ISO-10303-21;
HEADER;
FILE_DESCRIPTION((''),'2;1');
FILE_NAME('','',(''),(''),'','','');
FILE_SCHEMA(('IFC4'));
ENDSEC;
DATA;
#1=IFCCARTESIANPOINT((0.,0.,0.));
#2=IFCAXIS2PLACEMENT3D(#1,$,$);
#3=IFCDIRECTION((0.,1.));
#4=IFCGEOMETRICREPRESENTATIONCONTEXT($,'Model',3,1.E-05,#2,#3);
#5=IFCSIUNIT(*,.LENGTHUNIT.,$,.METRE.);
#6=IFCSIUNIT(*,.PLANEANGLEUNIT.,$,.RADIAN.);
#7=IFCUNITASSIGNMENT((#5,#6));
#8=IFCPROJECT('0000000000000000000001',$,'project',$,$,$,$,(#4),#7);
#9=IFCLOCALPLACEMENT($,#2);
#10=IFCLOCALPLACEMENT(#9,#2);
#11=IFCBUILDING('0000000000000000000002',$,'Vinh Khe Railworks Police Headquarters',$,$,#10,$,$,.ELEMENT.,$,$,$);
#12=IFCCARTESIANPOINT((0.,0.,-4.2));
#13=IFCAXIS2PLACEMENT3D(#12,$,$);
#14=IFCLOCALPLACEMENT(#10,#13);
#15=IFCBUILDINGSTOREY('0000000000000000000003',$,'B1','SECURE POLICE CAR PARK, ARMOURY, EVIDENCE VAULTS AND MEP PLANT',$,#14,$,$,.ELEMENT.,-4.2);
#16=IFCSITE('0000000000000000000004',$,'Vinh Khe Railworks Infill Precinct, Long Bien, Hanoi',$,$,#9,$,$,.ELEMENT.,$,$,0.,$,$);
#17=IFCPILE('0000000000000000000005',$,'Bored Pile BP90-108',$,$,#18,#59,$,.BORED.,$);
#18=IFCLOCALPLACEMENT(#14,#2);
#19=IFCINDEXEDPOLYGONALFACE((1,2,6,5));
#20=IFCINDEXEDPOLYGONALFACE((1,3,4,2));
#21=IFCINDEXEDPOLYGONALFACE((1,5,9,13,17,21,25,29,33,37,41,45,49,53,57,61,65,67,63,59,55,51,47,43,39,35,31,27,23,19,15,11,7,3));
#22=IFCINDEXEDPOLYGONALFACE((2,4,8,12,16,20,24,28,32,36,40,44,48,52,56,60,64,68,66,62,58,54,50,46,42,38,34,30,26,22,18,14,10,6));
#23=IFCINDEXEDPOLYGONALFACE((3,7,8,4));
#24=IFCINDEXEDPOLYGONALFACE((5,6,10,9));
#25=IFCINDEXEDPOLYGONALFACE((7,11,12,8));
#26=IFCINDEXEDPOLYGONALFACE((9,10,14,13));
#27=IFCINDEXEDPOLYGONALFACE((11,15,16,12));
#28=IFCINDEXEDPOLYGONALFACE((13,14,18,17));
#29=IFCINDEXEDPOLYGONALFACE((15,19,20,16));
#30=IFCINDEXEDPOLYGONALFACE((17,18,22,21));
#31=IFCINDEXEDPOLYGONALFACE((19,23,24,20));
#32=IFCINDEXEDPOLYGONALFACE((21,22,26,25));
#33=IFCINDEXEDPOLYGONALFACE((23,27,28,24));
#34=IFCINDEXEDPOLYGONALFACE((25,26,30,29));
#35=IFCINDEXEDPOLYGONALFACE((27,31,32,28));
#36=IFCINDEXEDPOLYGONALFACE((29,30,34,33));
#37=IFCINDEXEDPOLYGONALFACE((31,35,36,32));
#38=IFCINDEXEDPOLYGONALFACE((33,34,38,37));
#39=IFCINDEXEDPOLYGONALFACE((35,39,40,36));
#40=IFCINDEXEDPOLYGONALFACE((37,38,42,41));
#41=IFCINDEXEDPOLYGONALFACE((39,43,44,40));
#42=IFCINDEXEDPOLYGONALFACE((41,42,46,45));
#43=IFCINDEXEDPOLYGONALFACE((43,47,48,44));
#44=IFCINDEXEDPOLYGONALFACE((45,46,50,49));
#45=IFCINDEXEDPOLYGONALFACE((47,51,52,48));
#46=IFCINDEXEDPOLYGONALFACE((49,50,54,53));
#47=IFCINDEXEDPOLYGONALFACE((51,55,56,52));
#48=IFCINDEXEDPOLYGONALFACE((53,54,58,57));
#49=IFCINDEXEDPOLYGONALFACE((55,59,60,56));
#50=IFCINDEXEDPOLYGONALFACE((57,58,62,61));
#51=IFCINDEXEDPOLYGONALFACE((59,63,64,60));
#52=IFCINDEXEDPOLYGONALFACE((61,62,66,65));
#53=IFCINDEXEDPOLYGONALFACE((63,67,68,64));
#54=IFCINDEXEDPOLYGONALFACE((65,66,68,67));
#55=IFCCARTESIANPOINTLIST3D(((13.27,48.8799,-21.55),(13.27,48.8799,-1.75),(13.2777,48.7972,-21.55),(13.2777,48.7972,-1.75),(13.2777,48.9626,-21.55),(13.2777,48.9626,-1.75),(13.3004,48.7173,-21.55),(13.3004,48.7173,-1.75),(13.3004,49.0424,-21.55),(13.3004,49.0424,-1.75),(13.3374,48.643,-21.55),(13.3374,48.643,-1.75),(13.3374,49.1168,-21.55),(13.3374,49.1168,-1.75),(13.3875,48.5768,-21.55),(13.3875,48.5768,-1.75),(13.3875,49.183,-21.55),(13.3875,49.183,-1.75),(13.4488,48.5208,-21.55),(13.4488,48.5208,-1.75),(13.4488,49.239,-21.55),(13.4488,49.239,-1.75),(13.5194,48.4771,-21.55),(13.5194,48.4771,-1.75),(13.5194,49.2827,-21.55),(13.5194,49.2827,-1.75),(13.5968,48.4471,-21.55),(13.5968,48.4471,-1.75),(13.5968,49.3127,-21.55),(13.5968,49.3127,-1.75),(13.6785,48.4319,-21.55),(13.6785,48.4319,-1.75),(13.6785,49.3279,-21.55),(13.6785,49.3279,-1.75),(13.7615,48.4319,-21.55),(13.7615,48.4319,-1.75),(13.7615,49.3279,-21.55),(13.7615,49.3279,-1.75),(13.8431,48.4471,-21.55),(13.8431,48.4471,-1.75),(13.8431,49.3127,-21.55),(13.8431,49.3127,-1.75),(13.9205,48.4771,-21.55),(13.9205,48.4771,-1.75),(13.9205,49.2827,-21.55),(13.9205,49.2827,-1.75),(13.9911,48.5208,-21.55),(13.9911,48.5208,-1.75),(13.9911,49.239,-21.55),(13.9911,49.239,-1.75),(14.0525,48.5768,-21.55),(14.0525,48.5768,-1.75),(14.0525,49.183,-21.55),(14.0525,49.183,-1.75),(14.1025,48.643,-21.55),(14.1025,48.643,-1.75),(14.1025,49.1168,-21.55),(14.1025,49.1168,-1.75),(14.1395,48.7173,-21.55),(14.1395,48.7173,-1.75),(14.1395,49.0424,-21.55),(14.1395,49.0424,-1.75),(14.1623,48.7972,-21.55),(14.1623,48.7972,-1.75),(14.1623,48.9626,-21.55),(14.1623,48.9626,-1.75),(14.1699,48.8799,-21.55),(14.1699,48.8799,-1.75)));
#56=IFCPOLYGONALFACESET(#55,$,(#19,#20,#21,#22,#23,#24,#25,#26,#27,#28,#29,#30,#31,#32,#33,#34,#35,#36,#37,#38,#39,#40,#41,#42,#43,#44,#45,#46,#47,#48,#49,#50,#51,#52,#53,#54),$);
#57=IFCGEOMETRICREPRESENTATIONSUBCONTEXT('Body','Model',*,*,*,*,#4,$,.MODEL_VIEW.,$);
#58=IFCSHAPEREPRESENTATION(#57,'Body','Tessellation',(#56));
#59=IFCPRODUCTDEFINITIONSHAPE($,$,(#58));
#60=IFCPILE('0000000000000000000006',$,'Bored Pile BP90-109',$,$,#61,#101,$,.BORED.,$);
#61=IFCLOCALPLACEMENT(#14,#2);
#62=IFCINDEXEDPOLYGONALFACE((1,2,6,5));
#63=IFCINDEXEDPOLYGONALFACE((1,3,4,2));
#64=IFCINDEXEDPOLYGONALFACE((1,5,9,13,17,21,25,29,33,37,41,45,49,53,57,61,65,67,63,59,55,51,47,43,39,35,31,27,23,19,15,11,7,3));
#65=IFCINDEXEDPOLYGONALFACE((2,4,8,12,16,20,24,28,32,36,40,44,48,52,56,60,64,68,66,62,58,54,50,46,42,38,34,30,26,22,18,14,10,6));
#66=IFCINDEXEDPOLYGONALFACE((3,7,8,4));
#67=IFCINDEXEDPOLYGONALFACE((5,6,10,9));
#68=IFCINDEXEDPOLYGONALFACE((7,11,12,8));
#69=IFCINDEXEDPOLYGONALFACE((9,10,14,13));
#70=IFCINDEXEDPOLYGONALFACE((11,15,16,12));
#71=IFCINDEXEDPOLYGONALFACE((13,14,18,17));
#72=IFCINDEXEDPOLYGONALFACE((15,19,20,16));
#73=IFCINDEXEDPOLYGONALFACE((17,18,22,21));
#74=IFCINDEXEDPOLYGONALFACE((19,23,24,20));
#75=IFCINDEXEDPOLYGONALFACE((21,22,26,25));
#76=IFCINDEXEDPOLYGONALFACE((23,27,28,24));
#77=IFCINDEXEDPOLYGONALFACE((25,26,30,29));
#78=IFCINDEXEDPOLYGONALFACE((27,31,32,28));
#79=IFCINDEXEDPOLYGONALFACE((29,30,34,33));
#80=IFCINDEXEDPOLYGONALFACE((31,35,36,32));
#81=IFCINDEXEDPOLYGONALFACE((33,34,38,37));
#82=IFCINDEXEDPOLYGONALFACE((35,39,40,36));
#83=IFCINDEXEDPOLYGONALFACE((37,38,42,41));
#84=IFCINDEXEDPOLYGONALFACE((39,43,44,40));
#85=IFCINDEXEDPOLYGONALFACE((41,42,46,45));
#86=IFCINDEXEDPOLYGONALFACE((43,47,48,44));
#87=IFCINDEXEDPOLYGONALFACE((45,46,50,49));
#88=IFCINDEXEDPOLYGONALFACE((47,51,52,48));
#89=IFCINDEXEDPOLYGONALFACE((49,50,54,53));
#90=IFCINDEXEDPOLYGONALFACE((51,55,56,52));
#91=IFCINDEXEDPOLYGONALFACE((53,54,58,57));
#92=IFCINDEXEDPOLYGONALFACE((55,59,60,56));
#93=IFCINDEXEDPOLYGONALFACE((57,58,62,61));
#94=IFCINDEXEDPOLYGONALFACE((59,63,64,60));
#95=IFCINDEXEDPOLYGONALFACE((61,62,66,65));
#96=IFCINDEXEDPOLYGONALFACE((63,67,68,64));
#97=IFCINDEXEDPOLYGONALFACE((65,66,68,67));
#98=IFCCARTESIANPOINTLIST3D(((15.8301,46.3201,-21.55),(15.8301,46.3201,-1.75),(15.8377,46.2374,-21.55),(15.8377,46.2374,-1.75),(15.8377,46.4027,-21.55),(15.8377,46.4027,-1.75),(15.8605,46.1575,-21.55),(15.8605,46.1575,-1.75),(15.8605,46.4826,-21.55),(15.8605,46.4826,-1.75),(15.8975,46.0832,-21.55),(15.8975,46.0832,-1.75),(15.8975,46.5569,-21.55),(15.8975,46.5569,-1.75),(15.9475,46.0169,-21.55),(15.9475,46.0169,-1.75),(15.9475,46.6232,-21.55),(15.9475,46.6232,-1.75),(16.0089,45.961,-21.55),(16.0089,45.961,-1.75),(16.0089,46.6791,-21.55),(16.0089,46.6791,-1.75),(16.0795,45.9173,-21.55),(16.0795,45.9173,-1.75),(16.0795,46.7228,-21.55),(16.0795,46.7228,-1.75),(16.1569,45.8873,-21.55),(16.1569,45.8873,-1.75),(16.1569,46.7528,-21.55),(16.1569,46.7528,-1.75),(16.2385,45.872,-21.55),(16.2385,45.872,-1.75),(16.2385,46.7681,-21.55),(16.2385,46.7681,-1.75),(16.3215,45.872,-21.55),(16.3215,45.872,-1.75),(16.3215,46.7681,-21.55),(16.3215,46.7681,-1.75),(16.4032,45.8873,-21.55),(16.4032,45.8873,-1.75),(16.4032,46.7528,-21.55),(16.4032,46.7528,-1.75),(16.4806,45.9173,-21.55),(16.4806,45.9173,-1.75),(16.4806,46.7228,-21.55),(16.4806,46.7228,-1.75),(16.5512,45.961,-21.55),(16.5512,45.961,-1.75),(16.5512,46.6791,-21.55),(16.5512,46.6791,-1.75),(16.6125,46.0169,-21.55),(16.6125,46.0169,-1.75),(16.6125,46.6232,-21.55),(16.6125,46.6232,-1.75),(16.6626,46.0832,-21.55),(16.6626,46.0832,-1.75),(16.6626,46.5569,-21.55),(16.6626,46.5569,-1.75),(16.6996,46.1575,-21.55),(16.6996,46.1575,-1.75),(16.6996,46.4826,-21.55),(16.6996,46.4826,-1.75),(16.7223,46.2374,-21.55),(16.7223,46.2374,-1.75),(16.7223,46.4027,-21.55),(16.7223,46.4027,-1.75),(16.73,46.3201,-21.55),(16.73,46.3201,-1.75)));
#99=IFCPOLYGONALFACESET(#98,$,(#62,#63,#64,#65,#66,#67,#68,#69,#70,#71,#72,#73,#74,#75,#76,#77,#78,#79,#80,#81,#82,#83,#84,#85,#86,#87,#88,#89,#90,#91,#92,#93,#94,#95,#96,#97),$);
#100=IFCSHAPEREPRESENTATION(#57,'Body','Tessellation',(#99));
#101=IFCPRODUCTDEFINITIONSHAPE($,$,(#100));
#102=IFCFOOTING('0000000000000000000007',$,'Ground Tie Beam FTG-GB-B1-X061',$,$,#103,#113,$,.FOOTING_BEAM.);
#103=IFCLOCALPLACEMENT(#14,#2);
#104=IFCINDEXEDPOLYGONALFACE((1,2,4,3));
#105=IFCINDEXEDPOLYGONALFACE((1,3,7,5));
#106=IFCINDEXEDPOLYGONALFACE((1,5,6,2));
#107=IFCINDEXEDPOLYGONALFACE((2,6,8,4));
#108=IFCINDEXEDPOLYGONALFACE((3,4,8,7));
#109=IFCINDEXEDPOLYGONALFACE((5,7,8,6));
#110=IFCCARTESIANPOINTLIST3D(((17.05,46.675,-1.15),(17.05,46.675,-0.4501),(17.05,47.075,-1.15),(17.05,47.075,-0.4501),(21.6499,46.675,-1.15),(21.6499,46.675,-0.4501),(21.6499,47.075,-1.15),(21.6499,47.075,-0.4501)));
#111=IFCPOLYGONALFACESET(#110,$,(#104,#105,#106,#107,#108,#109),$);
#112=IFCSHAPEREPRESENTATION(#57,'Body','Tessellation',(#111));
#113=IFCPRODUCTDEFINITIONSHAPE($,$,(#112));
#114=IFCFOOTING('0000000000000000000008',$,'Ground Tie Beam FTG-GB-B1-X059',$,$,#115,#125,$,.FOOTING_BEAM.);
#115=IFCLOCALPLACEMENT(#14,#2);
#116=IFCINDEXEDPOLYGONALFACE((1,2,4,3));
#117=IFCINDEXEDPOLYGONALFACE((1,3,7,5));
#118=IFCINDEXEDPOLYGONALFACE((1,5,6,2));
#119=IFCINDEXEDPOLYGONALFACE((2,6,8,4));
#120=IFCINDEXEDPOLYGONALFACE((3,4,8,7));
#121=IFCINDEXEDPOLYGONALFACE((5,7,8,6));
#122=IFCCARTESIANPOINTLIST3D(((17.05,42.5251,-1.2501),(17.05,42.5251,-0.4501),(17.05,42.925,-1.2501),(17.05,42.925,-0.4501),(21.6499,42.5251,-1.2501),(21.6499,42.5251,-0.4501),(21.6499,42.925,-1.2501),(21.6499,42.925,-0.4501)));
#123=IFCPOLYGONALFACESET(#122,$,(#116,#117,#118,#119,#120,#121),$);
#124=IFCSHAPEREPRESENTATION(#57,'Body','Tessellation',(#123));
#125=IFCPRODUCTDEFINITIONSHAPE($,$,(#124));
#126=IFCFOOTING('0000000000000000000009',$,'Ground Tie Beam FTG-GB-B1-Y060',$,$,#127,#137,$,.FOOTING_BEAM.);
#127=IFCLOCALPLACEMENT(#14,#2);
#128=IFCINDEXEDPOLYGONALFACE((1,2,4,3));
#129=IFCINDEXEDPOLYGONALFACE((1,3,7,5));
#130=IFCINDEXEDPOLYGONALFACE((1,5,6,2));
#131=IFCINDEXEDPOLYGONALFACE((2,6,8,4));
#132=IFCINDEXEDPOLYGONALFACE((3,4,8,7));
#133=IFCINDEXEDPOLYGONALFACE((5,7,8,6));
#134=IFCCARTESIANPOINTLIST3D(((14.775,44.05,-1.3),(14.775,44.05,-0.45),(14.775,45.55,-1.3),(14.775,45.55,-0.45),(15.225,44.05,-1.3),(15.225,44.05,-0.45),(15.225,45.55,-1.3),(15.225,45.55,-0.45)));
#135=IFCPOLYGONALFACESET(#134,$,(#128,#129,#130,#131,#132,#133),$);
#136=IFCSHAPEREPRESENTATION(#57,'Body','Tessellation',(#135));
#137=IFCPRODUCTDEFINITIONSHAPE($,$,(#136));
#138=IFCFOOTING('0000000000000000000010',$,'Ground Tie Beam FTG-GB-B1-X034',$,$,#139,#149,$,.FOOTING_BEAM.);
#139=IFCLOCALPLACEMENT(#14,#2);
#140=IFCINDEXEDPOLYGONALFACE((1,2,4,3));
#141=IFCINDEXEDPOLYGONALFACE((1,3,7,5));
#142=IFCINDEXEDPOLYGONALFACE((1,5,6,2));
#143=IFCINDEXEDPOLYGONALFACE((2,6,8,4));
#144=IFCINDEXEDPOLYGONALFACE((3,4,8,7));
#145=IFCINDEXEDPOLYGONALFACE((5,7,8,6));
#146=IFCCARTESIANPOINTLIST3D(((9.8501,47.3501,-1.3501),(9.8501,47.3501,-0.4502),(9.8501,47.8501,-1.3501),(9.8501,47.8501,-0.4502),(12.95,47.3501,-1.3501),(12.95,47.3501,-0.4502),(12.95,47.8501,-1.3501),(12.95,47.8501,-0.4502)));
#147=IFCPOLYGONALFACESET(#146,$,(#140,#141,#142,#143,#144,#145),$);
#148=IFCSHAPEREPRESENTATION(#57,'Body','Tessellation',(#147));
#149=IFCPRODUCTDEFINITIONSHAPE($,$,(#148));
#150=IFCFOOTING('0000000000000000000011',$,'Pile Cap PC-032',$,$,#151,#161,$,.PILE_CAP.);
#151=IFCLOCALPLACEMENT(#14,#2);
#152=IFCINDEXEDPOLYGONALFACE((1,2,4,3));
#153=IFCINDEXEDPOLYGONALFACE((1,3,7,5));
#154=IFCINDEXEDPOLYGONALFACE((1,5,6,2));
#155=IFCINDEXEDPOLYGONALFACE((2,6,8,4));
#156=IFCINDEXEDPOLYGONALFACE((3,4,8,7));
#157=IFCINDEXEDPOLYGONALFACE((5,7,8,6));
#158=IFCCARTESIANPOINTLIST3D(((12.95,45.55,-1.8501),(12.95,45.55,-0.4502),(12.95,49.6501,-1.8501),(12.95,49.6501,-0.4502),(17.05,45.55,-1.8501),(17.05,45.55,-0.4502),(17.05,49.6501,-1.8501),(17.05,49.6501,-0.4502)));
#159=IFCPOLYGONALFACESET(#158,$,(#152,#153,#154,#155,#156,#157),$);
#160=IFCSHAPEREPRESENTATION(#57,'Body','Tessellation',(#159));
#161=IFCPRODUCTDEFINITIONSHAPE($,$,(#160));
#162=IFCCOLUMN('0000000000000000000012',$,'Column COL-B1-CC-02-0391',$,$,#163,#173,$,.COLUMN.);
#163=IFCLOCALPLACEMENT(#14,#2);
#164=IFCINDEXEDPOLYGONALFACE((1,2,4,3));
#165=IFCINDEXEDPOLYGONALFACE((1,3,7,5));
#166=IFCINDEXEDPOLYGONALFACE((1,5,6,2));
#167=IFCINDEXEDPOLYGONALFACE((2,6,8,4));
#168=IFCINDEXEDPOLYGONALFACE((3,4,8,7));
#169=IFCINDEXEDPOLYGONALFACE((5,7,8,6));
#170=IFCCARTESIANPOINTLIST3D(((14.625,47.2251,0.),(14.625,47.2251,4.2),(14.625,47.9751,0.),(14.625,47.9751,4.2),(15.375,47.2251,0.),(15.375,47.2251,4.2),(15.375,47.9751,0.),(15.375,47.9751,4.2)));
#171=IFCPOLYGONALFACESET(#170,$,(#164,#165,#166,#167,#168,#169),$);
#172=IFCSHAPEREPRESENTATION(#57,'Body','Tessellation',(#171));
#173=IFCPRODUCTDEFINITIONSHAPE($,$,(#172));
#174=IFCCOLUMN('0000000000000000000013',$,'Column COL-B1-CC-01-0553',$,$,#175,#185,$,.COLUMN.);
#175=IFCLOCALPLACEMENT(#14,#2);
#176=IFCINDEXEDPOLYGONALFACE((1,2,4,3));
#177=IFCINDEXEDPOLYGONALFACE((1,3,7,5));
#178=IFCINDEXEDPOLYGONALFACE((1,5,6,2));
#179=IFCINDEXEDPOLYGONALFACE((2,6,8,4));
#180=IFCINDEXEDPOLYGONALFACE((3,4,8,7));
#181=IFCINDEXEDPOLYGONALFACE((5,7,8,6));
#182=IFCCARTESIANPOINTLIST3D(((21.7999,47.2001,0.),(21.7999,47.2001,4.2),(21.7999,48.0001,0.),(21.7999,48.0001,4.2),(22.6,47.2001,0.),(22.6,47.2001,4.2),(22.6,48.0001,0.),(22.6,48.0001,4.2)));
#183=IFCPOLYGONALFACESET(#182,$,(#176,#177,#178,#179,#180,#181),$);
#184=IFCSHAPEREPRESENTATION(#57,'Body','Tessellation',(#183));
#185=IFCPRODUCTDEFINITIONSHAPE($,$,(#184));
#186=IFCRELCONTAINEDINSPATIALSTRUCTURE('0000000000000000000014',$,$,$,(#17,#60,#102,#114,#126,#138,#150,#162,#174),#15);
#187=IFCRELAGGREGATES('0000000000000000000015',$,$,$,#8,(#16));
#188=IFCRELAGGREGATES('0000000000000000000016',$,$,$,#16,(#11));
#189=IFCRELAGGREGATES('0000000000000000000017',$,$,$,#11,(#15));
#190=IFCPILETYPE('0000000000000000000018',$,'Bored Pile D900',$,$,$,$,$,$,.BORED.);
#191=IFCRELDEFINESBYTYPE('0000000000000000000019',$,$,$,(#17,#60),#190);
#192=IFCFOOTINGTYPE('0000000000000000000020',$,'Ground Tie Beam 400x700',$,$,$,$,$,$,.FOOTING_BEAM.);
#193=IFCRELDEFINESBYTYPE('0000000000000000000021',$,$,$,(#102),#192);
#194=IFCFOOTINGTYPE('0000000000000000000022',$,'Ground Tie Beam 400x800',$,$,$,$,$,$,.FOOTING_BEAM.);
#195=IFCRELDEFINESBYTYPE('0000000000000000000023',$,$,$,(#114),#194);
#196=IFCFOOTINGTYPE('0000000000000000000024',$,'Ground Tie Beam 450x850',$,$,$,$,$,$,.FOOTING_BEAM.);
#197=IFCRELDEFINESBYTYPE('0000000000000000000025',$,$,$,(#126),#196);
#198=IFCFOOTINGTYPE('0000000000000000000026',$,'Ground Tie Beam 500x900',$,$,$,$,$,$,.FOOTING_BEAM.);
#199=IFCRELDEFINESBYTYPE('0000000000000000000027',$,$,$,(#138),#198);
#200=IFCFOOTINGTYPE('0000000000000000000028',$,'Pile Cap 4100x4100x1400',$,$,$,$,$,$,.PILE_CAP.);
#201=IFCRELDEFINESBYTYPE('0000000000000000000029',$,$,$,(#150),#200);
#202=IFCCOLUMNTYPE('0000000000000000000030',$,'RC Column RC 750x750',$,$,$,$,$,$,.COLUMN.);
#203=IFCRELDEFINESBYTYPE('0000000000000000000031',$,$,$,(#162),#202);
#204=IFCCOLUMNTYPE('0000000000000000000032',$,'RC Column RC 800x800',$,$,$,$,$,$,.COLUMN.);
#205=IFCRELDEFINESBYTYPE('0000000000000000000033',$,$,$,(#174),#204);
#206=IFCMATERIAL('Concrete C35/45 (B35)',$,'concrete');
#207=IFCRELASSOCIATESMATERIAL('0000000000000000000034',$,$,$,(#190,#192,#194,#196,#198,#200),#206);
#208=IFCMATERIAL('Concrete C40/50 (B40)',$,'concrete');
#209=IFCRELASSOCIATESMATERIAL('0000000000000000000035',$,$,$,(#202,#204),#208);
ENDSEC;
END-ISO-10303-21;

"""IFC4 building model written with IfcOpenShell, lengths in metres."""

from ifc_helpers import new_model, si_unit, direction, frame, origin, origin_2d, place, context, subcontext, project, spatial, rectangle, circle, extrude, material, material_profile, profile_set, type_object, element, save


model = new_model("IFC4")

# Units and contexts
model_context = context("Model", 3, precision=1e-05, world=origin(), true_north=direction((0.0, 1.0)))
body_context = subcontext(model_context, "Body", "Model", "MODEL_VIEW")
ifc_project = project(units=[si_unit("LENGTHUNIT", "METRE"), si_unit("PLANEANGLEUNIT", "RADIAN")], contexts=[model_context])

# Site, building, storey
site_placement = place(None, origin())
site = spatial("IfcSite", under=ifc_project, at=site_placement, Name="Vinh Khe Railworks Infill Precinct, Long Bien, Hanoi", CompositionType="ELEMENT", RefElevation=0.0)
building_placement = place(site_placement, origin())
building = spatial("IfcBuilding", under=site, at=building_placement, Name="Vinh Khe Railworks Police Headquarters", CompositionType="ELEMENT")
storey_placement = place(building_placement, frame((0.0, 0.0, -4.2)))
storey = spatial("IfcBuildingStorey", under=building, at=storey_placement, Name="B1", Description="SECURE POLICE CAR PARK, ARMOURY, EVIDENCE VAULTS AND MEP PLANT", CompositionType="ELEMENT", Elevation=-4.2)

# Piles
ifc_material_1 = material(Name="Concrete C35/45 (B35)", Category="concrete")
ifc_material_profile_1 = material_profile(ifc_material_1, circle(Radius=0.45, at=origin_2d()), Name="BORED PILE D900")
ifc_profile_set_1 = profile_set([ifc_material_profile_1], Name="Concrete C35/45 (B35)")
pile_type_1 = type_object("IfcPileType", Name="Bored Pile D900", PredefinedType="BORED", material=ifc_profile_set_1)
for number, where, z_axis, x_axis, name in (
    (1, (13.72, 48.8799, -1.75), (0.0, 0.0, -1.0), (1.0, 0.0, 0.0), "Bored Pile BP90-108"),
    (2, (16.28, 46.3201, -1.75), (0.0, 0.0, -1.0), (1.0, 0.0, 0.0), "Bored Pile BP90-109"),
):
    element("IfcPile", number, at=place(storey_placement, frame(where, z_axis=z_axis, x_axis=x_axis)), inside=storey, type_object=pile_type_1, Name=name, PredefinedType="BORED", context=body_context, shape_type="SweptSolid", body=[
        extrude(circle(Radius=0.45, at=origin_2d()), origin(), (0.0, 0.0, 1.0), 19.8),
    ])

# Footings
ifc_material_profile_2 = material_profile(ifc_material_1, rectangle(XDim=0.3999, YDim=0.7, at=origin_2d()), Name="RC 400x700")
ifc_profile_set_2 = profile_set([ifc_material_profile_2], Name="Concrete C35/45 (B35)")
footing_type_1 = type_object("IfcFootingType", Name="Ground Tie Beam 400x700", PredefinedType="FOOTING_BEAM", material=ifc_profile_set_2)
footing_1_placement = place(storey_placement, frame((17.05, 46.875, -0.8), z_axis=(1.0, 0.0, 0.0), x_axis=(0.0, 1.0, 0.0)))
element("IfcFooting", 3, at=footing_1_placement, inside=storey, type_object=footing_type_1, Name="Ground Tie Beam FTG-GB-B1-X061", PredefinedType="FOOTING_BEAM", context=body_context, shape_type="SweptSolid", body=[
    extrude(rectangle(XDim=0.3999, YDim=0.7, at=origin_2d()), origin(), (0.0, 0.0, 1.0), 4.5999),
])
ifc_material_profile_3 = material_profile(ifc_material_1, rectangle(XDim=0.3999, YDim=0.8, at=origin_2d()), Name="RC 400x800")
ifc_profile_set_3 = profile_set([ifc_material_profile_3], Name="Concrete C35/45 (B35)")
footing_type_2 = type_object("IfcFootingType", Name="Ground Tie Beam 400x800", PredefinedType="FOOTING_BEAM", material=ifc_profile_set_3)
footing_2_placement = place(storey_placement, frame((17.05, 42.7251, -0.8501), z_axis=(1.0, 0.0, 0.0), x_axis=(0.0, 1.0, 0.0)))
element("IfcFooting", 4, at=footing_2_placement, inside=storey, type_object=footing_type_2, Name="Ground Tie Beam FTG-GB-B1-X059", PredefinedType="FOOTING_BEAM", context=body_context, shape_type="SweptSolid", body=[
    extrude(rectangle(XDim=0.3999, YDim=0.8, at=origin_2d()), origin(), (0.0, 0.0, 1.0), 4.5999),
])
ifc_material_profile_4 = material_profile(ifc_material_1, rectangle(XDim=0.45, YDim=0.8501, at=origin_2d()), Name="RC 450x850")
ifc_profile_set_4 = profile_set([ifc_material_profile_4], Name="Concrete C35/45 (B35)")
footing_type_3 = type_object("IfcFootingType", Name="Ground Tie Beam 450x850", PredefinedType="FOOTING_BEAM", material=ifc_profile_set_4)
footing_3_placement = place(storey_placement, frame((15.0, 44.05, -0.875), z_axis=(0.0, 1.0, 0.0), x_axis=(-1.0, 0.0, 0.0)))
element("IfcFooting", 5, at=footing_3_placement, inside=storey, type_object=footing_type_3, Name="Ground Tie Beam FTG-GB-B1-Y060", PredefinedType="FOOTING_BEAM", context=body_context, shape_type="SweptSolid", body=[
    extrude(rectangle(XDim=0.45, YDim=0.8501, at=origin_2d()), origin(), (0.0, 0.0, 1.0), 1.5),
])
ifc_material_profile_5 = material_profile(ifc_material_1, rectangle(XDim=0.5, YDim=0.8999, at=origin_2d()), Name="RC 500x900")
ifc_profile_set_5 = profile_set([ifc_material_profile_5], Name="Concrete C35/45 (B35)")
footing_type_4 = type_object("IfcFootingType", Name="Ground Tie Beam 500x900", PredefinedType="FOOTING_BEAM", material=ifc_profile_set_5)
footing_4_placement = place(storey_placement, frame((9.8501, 47.6001, -0.9001), z_axis=(1.0, 0.0, 0.0), x_axis=(0.0, 1.0, 0.0)))
element("IfcFooting", 6, at=footing_4_placement, inside=storey, type_object=footing_type_4, Name="Ground Tie Beam FTG-GB-B1-X034", PredefinedType="FOOTING_BEAM", context=body_context, shape_type="SweptSolid", body=[
    extrude(rectangle(XDim=0.5, YDim=0.8999, at=origin_2d()), origin(), (0.0, 0.0, 1.0), 3.0999),
])
footing_type_5 = type_object("IfcFootingType", Name="Pile Cap 4100x4100x1400", PredefinedType="PILE_CAP", material=ifc_material_1)
footing_5_placement = place(storey_placement, frame((15.0, 47.6001, -1.8501), z_axis=(0.0, 0.0, 1.0), x_axis=(1.0, 0.0, 0.0)))
element("IfcFooting", 7, at=footing_5_placement, inside=storey, type_object=footing_type_5, Name="Pile Cap PC-032", PredefinedType="PILE_CAP", context=body_context, shape_type="SweptSolid", body=[
    extrude(rectangle(XDim=4.1001, YDim=4.1001, at=origin_2d()), origin(), (0.0, 0.0, 1.0), 1.3999),
])

# Columns
ifc_material_2 = material(Name="Concrete C40/50 (B40)", Category="concrete")
ifc_material_profile_6 = material_profile(ifc_material_2, rectangle(XDim=0.75, YDim=0.75, at=origin_2d()), Name="RC 750x750")
ifc_profile_set_6 = profile_set([ifc_material_profile_6], Name="Concrete C40/50 (B40)")
column_type_1 = type_object("IfcColumnType", Name="RC Column RC 750x750", PredefinedType="COLUMN", material=ifc_profile_set_6)
column_1_placement = place(storey_placement, frame((15.0, 47.6001, 0.0), z_axis=(0.0, 0.0, 1.0), x_axis=(1.0, 0.0, 0.0)))
element("IfcColumn", 8, at=column_1_placement, inside=storey, type_object=column_type_1, Name="Column COL-B1-CC-02-0391", PredefinedType="COLUMN", context=body_context, shape_type="SweptSolid", body=[
    extrude(rectangle(XDim=0.75, YDim=0.75, at=origin_2d()), origin(), (0.0, 0.0, 1.0), 4.2),
])
ifc_material_profile_7 = material_profile(ifc_material_2, rectangle(XDim=0.8, YDim=0.8, at=origin_2d()), Name="RC 800x800")
ifc_profile_set_7 = profile_set([ifc_material_profile_7], Name="Concrete C40/50 (B40)")
column_type_2 = type_object("IfcColumnType", Name="RC Column RC 800x800", PredefinedType="COLUMN", material=ifc_profile_set_7)
column_2_placement = place(storey_placement, frame((22.2, 47.6001, 0.0), z_axis=(0.0, 0.0, 1.0), x_axis=(1.0, 0.0, 0.0)))
element("IfcColumn", 9, at=column_2_placement, inside=storey, type_object=column_type_2, Name="Column COL-B1-CC-01-0553", PredefinedType="COLUMN", context=body_context, shape_type="SweptSolid", body=[
    extrude(rectangle(XDim=0.8, YDim=0.8, at=origin_2d()), origin(), (0.0, 0.0, 1.0), 4.2),
])

save(model, "model.ifc")
